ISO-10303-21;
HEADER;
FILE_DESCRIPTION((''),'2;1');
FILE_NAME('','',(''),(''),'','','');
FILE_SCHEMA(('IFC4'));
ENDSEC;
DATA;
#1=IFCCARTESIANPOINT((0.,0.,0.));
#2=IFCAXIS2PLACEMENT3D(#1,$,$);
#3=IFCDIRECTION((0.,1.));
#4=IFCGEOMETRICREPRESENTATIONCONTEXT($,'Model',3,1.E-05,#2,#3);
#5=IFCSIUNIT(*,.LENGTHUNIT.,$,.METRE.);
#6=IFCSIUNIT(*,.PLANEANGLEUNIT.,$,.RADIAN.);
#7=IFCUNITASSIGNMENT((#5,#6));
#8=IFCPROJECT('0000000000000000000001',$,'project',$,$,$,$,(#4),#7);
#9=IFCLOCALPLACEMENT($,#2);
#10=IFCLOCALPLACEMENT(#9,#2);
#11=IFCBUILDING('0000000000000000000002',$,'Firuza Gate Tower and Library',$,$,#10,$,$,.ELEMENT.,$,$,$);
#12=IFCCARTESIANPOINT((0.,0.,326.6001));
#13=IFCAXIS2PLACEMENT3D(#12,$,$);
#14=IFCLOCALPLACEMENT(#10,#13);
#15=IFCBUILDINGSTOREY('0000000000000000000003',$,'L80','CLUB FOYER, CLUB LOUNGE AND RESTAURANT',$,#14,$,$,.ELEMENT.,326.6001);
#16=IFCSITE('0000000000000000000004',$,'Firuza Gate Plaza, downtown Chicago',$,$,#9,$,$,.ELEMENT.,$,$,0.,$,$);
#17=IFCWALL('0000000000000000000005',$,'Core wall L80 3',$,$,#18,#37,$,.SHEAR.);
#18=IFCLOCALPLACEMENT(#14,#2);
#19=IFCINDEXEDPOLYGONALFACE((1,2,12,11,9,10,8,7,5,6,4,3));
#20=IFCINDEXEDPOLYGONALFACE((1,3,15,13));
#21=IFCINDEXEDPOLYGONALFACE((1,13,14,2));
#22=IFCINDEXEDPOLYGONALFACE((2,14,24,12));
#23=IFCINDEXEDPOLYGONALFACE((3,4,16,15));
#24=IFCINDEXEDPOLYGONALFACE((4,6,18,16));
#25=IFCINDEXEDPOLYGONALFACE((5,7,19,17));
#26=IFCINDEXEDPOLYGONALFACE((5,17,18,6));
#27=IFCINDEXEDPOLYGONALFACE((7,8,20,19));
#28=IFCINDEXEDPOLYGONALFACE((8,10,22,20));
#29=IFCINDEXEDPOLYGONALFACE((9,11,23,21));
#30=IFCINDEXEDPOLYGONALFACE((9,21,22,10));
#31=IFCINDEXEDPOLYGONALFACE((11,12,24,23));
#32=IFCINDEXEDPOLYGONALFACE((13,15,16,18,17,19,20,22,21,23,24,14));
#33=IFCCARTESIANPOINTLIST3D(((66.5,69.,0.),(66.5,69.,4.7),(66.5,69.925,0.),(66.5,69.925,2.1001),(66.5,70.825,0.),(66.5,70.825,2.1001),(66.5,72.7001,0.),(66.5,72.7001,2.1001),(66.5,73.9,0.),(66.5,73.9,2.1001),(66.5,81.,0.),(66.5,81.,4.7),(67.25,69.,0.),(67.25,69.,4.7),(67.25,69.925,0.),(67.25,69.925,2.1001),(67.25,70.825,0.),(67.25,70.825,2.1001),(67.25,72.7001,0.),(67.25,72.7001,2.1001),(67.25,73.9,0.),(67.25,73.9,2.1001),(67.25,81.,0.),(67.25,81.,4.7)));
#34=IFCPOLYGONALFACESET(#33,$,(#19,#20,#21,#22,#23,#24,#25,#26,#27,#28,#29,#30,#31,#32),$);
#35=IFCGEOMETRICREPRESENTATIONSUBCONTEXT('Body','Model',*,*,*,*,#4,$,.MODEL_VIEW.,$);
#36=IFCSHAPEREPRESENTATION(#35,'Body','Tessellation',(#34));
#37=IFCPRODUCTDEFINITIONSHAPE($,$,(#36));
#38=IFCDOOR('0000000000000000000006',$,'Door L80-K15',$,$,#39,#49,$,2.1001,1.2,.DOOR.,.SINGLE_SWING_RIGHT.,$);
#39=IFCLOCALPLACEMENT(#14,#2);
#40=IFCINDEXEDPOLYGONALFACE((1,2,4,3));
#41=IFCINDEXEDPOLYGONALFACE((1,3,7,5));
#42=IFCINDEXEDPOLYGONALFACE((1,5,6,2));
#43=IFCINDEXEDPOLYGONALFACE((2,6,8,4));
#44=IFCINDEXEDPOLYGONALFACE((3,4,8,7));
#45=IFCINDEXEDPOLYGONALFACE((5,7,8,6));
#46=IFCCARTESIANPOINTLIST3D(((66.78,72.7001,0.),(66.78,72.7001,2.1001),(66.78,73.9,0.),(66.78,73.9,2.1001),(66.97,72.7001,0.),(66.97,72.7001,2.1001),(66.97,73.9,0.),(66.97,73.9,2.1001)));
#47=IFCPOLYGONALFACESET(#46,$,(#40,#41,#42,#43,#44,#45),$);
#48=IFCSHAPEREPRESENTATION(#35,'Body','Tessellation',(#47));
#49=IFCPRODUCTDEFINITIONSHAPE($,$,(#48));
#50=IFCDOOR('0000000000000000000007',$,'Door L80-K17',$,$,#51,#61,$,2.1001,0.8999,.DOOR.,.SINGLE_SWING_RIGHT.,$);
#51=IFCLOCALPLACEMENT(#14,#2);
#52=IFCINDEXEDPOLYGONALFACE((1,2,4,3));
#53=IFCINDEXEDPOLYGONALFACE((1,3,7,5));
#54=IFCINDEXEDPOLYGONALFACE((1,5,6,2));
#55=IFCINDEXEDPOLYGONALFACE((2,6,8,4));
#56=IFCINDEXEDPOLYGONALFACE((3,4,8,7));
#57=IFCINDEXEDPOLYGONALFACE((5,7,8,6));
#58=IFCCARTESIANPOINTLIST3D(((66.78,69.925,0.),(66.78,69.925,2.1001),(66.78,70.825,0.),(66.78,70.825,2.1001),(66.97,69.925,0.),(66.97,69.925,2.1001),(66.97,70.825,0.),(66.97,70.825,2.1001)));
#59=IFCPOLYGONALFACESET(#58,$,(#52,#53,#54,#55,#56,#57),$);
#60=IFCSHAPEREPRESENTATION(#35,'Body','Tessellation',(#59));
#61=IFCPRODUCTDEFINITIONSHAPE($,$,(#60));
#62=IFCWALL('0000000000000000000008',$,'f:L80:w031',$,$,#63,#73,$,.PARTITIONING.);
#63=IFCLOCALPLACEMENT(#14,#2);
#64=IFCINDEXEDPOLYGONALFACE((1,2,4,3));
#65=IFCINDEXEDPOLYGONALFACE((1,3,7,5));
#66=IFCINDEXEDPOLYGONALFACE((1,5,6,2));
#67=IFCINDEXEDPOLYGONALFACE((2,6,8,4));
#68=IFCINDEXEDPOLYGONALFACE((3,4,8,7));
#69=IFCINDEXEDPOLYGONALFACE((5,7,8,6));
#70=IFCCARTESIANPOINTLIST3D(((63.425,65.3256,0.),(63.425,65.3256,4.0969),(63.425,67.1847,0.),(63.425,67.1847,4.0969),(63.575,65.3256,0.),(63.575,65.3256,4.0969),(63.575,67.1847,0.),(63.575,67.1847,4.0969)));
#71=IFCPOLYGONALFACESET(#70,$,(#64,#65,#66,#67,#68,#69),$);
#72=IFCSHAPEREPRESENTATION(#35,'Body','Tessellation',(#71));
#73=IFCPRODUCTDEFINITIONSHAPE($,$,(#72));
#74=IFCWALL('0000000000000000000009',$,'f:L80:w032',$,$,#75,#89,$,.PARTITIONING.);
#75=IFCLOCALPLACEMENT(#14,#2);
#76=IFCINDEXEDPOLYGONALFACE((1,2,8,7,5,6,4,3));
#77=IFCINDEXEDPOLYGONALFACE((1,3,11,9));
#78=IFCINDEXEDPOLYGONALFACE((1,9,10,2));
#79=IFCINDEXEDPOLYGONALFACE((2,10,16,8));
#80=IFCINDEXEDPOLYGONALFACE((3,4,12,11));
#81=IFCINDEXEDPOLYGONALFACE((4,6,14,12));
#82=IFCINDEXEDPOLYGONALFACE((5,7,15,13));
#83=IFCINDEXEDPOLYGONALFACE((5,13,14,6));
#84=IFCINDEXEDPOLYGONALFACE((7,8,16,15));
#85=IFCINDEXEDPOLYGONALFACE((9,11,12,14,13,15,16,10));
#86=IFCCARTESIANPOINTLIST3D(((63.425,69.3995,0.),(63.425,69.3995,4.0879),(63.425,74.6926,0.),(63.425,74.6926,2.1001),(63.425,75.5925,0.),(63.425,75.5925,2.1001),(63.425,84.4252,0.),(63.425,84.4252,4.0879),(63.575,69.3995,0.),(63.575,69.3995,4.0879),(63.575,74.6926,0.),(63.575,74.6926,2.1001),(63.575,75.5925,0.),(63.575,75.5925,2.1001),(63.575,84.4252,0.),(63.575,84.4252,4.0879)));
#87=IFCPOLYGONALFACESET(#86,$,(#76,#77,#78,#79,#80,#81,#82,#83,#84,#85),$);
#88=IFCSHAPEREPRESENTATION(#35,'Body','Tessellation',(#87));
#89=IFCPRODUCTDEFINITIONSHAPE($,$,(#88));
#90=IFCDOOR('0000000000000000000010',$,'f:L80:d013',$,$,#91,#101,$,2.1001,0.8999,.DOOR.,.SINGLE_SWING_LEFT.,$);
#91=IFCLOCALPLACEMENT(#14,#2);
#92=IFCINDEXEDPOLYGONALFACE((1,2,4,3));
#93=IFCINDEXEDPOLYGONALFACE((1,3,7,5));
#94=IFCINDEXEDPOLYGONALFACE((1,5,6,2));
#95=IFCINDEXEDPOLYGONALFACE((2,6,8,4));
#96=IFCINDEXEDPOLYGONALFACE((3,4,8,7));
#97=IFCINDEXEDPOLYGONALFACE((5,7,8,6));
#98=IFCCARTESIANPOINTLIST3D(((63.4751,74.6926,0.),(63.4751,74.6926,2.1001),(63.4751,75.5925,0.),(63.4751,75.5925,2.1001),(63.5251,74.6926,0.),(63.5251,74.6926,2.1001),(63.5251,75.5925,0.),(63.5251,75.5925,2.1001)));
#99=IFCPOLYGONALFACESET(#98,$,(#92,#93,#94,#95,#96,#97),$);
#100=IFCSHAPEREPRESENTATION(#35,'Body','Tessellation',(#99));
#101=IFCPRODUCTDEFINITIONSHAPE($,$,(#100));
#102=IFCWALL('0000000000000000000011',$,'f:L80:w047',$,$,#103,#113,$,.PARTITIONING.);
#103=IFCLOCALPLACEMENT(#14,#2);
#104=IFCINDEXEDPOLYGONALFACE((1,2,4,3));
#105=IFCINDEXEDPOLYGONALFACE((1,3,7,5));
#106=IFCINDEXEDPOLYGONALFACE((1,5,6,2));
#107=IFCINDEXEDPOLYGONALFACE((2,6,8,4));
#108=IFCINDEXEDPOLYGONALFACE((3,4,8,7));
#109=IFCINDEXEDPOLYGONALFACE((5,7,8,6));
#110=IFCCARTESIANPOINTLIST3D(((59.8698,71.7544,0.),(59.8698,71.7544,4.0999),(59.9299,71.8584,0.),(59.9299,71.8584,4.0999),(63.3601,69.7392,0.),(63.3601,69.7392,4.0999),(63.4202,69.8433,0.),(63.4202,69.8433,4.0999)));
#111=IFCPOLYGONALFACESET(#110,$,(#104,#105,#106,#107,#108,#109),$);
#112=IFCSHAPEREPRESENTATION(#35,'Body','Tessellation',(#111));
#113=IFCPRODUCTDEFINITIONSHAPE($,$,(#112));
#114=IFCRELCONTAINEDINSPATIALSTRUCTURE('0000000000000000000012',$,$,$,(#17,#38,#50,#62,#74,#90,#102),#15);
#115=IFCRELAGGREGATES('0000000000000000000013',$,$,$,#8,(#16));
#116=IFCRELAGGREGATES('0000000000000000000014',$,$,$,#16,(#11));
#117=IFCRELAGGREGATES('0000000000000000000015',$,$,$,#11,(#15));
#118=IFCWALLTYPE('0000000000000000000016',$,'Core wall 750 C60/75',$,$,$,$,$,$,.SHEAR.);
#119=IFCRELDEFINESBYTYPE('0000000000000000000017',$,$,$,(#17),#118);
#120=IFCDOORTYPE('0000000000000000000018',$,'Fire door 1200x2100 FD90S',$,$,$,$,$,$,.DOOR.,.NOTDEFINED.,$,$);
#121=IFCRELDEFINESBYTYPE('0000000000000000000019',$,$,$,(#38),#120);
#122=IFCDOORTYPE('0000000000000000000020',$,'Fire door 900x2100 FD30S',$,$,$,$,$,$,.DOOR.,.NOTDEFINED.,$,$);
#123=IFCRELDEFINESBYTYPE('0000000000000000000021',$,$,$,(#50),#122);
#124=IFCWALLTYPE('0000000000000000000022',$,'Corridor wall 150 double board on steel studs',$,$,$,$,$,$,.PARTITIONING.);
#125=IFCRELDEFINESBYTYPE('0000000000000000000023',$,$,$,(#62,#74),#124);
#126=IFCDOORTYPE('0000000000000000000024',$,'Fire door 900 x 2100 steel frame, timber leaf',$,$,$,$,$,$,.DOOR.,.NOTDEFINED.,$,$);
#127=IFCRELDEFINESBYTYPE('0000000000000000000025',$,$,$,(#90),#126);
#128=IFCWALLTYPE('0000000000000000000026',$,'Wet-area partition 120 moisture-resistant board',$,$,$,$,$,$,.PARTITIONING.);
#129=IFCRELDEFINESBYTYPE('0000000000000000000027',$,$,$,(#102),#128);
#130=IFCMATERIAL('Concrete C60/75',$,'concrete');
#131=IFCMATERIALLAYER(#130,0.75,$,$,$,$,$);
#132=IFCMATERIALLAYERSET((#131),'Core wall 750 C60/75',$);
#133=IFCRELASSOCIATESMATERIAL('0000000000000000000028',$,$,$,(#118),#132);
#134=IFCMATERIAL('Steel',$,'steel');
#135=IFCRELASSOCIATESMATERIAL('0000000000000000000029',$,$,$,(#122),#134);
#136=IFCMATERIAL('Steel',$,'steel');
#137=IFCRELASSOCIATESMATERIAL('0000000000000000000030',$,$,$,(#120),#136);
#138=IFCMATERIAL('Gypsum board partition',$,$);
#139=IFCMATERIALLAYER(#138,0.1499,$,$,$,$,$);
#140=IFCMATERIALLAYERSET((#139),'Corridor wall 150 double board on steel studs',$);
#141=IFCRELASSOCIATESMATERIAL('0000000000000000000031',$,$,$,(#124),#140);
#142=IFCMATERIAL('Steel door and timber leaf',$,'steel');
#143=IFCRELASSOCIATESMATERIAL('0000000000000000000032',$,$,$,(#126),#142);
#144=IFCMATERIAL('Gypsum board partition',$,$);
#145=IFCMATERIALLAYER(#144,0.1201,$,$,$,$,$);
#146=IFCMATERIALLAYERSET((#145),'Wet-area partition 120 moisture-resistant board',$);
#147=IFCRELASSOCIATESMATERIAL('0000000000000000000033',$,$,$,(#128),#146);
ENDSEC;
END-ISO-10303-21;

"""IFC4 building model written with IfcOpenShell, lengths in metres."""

from ifc_helpers import new_model, si_unit, direction, frame, frame_2d, origin, place, context, subcontext, project, spatial, rectangle, extrude, material, layer, layer_set, type_object, element, fill, save


model = new_model("IFC4")

# Units and contexts
model_context = context("Model", 3, precision=1e-05, world=origin(), true_north=direction((0.0, 1.0)))
body_context = subcontext(model_context, "Body", "Model", "MODEL_VIEW")
ifc_project = project(units=[si_unit("LENGTHUNIT", "METRE"), si_unit("PLANEANGLEUNIT", "RADIAN")], contexts=[model_context])

# Site, building, storey
site_placement = place(None, origin())
site = spatial("IfcSite", under=ifc_project, at=site_placement, Name="Firuza Gate Plaza, downtown Chicago", CompositionType="ELEMENT", RefElevation=0.0)
building_placement = place(site_placement, origin())
building = spatial("IfcBuilding", under=site, at=building_placement, Name="Firuza Gate Tower and Library", CompositionType="ELEMENT")
storey_placement = place(building_placement, frame((0.0, 0.0, 326.6001)))
storey = spatial("IfcBuildingStorey", under=building, at=storey_placement, Name="L80", Description="CLUB FOYER, CLUB LOUNGE AND RESTAURANT", CompositionType="ELEMENT", Elevation=326.6001)

# Shared definitions
ifc_material_1 = material(Name="Concrete C60/75", Category="concrete")
ifc_layer_1 = layer(ifc_material_1, 0.75)
ifc_layer_set_1 = layer_set([ifc_layer_1], Name="Core wall 750 C60/75")
wall_type_1 = type_object("IfcWallType", Name="Core wall 750 C60/75", PredefinedType="SHEAR", material=ifc_layer_set_1)
ifc_material_2 = material(Name="Steel", Category="steel")
door_type_1 = type_object("IfcDoorType", Name="Fire door 900x2100 FD30S", OperationType="NOTDEFINED", PredefinedType="DOOR", material=ifc_material_2)

# Wall, openings, doors
wall_1_placement = place(storey_placement, frame((66.875, 69.0, 0.0), z_axis=(0.0, 0.0, 1.0), x_axis=(0.0, 1.0, 0.0)))
wall_1 = element("IfcWall", 1, at=wall_1_placement, inside=storey, type_object=wall_type_1, Name="Core wall L80 3", PredefinedType="SHEAR", context=body_context, shape_type="SweptSolid", body=[
    extrude(rectangle(XDim=12.0, YDim=0.75, at=frame_2d((6.0, 0.0))), origin(), (0.0, 0.0, 1.0), 4.7),
])
opening_1_placement = place(wall_1_placement, frame((3.7, 0.0, 0.0)))
opening_1 = element("IfcOpeningElement", 2, at=opening_1_placement, cuts=wall_1, PredefinedType="OPENING", context=body_context, shape_type="SweptSolid", body=[
    extrude(rectangle(XDim=1.2, YDim=2.1001, at=frame_2d((0.6001, 1.05))), frame((0.0, 0.385, 0.0), z_axis=(0.0, -1.0, 0.0), x_axis=(1.0, 0.0, 0.0)), (0.0, 0.0, 1.0), 0.77),
])
opening_2_placement = place(wall_1_placement, frame((0.925, 0.0, 0.0)))
opening_2 = element("IfcOpeningElement", 3, at=opening_2_placement, cuts=wall_1, PredefinedType="OPENING", context=body_context, shape_type="SweptSolid", body=[
    extrude(rectangle(XDim=0.8999, YDim=2.1001, at=frame_2d((0.45, 1.05))), frame((0.0, 0.385, 0.0), z_axis=(0.0, -1.0, 0.0), x_axis=(1.0, 0.0, 0.0)), (0.0, 0.0, 1.0), 0.77),
])
ifc_material_3 = material(Name="Steel", Category="steel")
door_type_2 = type_object("IfcDoorType", Name="Fire door 1200x2100 FD90S", OperationType="NOTDEFINED", PredefinedType="DOOR", material=ifc_material_3)
door_1_placement = place(opening_1_placement, origin())
door_1 = element("IfcDoor", 4, at=door_1_placement, inside=storey, type_object=door_type_2, Name="Door L80-K15", OperationType="SINGLE_SWING_RIGHT", OverallHeight=2.1001, OverallWidth=1.2, PredefinedType="DOOR", context=body_context, shape_type="SweptSolid", body=[
    extrude(rectangle(XDim=1.2, YDim=2.1001, at=frame_2d((0.6001, 1.05))), frame((0.0, 0.095, 0.0), z_axis=(0.0, -1.0, 0.0), x_axis=(1.0, 0.0, 0.0)), (0.0, 0.0, 1.0), 0.1899),
])
fill(opening_1, door_1)
door_2_placement = place(opening_2_placement, origin())
door_2 = element("IfcDoor", 5, at=door_2_placement, inside=storey, type_object=door_type_1, Name="Door L80-K17", OperationType="SINGLE_SWING_RIGHT", OverallHeight=2.1001, OverallWidth=0.8999, PredefinedType="DOOR", context=body_context, shape_type="SweptSolid", body=[
    extrude(rectangle(XDim=0.8999, YDim=2.1001, at=frame_2d((0.45, 1.05))), frame((0.0, 0.095, 0.0), z_axis=(0.0, -1.0, 0.0), x_axis=(1.0, 0.0, 0.0)), (0.0, 0.0, 1.0), 0.1899),
])
fill(opening_2, door_2)

# Wall
ifc_material_4 = material(Name="Gypsum board partition")
ifc_layer_2 = layer(ifc_material_4, 0.1499)
ifc_layer_set_2 = layer_set([ifc_layer_2], Name="Corridor wall 150 double board on steel studs")
wall_type_2 = type_object("IfcWallType", Name="Corridor wall 150 double board on steel studs", PredefinedType="PARTITIONING", material=ifc_layer_set_2)
wall_2_placement = place(storey_placement, frame((63.5, 65.3254, 0.0), z_axis=(0.0, 0.0, 1.0), x_axis=(0.0, 1.0, 0.0)))
element("IfcWall", 6, at=wall_2_placement, inside=storey, type_object=wall_type_2, Name="f:L80:w031", PredefinedType="PARTITIONING", context=body_context, shape_type="SweptSolid", body=[
    extrude(rectangle(XDim=1.8591, YDim=0.1499, at=frame_2d((0.9297, 0.0))), origin(), (0.0, 0.0, 1.0), 4.0969),
])

# Wall, opening, door
wall_3_placement = place(storey_placement, frame((63.5, 69.3997, 0.0), z_axis=(0.0, 0.0, 1.0), x_axis=(0.0, 1.0, 0.0)))
wall_3 = element("IfcWall", 7, at=wall_3_placement, inside=storey, type_object=wall_type_2, Name="f:L80:w032", PredefinedType="PARTITIONING", context=body_context, shape_type="SweptSolid", body=[
    extrude(rectangle(XDim=15.0256, YDim=0.1499, at=frame_2d((7.5127, 0.0))), origin(), (0.0, 0.0, 1.0), 4.0879),
])
opening_3_placement = place(wall_3_placement, frame((5.293, 0.0, 0.0)))
opening_3 = element("IfcOpeningElement", 8, at=opening_3_placement, cuts=wall_3, PredefinedType="OPENING", context=body_context, shape_type="SweptSolid", body=[
    extrude(rectangle(XDim=0.8999, YDim=2.1001, at=frame_2d((0.45, 1.05))), frame((0.0, 0.085, 0.0), z_axis=(0.0, -1.0, 0.0), x_axis=(1.0, 0.0, 0.0)), (0.0, 0.0, 1.0), 0.1699),
])
ifc_material_5 = material(Name="Steel door and timber leaf", Category="steel")
door_type_3 = type_object("IfcDoorType", Name="Fire door 900 x 2100 steel frame, timber leaf", OperationType="NOTDEFINED", PredefinedType="DOOR", material=ifc_material_5)
door_3_placement = place(opening_3_placement, origin())
door_3 = element("IfcDoor", 9, at=door_3_placement, inside=storey, type_object=door_type_3, Name="f:L80:d013", OperationType="SINGLE_SWING_LEFT", OverallHeight=2.1001, OverallWidth=0.8999, PredefinedType="DOOR", context=body_context, shape_type="SweptSolid", body=[
    extrude(rectangle(XDim=0.8999, YDim=2.1001, at=frame_2d((0.45, 1.05))), frame((0.0, 0.0249, 0.0), z_axis=(0.0, -1.0, 0.0), x_axis=(1.0, 0.0, 0.0)), (0.0, 0.0, 1.0), 0.05),
])
fill(opening_3, door_3)

# Wall
ifc_material_6 = material(Name="Gypsum board partition")
ifc_layer_3 = layer(ifc_material_6, 0.1201)
ifc_layer_set_3 = layer_set([ifc_layer_3], Name="Wet-area partition 120 moisture-resistant board")
wall_type_3 = type_object("IfcWallType", Name="Wet-area partition 120 moisture-resistant board", PredefinedType="PARTITIONING", material=ifc_layer_set_3)
wall_4_placement = place(storey_placement, frame((63.3901, 69.7913, 0.0), z_axis=(0.0, 0.0, 1.0), x_axis=(-0.86602, 0.500009, 0.0)))
element("IfcWall", 10, at=wall_4_placement, inside=storey, type_object=wall_type_3, Name="f:L80:w047", PredefinedType="PARTITIONING", context=body_context, shape_type="SweptSolid", body=[
    extrude(rectangle(XDim=4.0303, YDim=0.1201, at=frame_2d((2.0151, 0.0))), origin(), (0.0, 0.0, 1.0), 4.0999),
])

save(model, "model.ifc")
